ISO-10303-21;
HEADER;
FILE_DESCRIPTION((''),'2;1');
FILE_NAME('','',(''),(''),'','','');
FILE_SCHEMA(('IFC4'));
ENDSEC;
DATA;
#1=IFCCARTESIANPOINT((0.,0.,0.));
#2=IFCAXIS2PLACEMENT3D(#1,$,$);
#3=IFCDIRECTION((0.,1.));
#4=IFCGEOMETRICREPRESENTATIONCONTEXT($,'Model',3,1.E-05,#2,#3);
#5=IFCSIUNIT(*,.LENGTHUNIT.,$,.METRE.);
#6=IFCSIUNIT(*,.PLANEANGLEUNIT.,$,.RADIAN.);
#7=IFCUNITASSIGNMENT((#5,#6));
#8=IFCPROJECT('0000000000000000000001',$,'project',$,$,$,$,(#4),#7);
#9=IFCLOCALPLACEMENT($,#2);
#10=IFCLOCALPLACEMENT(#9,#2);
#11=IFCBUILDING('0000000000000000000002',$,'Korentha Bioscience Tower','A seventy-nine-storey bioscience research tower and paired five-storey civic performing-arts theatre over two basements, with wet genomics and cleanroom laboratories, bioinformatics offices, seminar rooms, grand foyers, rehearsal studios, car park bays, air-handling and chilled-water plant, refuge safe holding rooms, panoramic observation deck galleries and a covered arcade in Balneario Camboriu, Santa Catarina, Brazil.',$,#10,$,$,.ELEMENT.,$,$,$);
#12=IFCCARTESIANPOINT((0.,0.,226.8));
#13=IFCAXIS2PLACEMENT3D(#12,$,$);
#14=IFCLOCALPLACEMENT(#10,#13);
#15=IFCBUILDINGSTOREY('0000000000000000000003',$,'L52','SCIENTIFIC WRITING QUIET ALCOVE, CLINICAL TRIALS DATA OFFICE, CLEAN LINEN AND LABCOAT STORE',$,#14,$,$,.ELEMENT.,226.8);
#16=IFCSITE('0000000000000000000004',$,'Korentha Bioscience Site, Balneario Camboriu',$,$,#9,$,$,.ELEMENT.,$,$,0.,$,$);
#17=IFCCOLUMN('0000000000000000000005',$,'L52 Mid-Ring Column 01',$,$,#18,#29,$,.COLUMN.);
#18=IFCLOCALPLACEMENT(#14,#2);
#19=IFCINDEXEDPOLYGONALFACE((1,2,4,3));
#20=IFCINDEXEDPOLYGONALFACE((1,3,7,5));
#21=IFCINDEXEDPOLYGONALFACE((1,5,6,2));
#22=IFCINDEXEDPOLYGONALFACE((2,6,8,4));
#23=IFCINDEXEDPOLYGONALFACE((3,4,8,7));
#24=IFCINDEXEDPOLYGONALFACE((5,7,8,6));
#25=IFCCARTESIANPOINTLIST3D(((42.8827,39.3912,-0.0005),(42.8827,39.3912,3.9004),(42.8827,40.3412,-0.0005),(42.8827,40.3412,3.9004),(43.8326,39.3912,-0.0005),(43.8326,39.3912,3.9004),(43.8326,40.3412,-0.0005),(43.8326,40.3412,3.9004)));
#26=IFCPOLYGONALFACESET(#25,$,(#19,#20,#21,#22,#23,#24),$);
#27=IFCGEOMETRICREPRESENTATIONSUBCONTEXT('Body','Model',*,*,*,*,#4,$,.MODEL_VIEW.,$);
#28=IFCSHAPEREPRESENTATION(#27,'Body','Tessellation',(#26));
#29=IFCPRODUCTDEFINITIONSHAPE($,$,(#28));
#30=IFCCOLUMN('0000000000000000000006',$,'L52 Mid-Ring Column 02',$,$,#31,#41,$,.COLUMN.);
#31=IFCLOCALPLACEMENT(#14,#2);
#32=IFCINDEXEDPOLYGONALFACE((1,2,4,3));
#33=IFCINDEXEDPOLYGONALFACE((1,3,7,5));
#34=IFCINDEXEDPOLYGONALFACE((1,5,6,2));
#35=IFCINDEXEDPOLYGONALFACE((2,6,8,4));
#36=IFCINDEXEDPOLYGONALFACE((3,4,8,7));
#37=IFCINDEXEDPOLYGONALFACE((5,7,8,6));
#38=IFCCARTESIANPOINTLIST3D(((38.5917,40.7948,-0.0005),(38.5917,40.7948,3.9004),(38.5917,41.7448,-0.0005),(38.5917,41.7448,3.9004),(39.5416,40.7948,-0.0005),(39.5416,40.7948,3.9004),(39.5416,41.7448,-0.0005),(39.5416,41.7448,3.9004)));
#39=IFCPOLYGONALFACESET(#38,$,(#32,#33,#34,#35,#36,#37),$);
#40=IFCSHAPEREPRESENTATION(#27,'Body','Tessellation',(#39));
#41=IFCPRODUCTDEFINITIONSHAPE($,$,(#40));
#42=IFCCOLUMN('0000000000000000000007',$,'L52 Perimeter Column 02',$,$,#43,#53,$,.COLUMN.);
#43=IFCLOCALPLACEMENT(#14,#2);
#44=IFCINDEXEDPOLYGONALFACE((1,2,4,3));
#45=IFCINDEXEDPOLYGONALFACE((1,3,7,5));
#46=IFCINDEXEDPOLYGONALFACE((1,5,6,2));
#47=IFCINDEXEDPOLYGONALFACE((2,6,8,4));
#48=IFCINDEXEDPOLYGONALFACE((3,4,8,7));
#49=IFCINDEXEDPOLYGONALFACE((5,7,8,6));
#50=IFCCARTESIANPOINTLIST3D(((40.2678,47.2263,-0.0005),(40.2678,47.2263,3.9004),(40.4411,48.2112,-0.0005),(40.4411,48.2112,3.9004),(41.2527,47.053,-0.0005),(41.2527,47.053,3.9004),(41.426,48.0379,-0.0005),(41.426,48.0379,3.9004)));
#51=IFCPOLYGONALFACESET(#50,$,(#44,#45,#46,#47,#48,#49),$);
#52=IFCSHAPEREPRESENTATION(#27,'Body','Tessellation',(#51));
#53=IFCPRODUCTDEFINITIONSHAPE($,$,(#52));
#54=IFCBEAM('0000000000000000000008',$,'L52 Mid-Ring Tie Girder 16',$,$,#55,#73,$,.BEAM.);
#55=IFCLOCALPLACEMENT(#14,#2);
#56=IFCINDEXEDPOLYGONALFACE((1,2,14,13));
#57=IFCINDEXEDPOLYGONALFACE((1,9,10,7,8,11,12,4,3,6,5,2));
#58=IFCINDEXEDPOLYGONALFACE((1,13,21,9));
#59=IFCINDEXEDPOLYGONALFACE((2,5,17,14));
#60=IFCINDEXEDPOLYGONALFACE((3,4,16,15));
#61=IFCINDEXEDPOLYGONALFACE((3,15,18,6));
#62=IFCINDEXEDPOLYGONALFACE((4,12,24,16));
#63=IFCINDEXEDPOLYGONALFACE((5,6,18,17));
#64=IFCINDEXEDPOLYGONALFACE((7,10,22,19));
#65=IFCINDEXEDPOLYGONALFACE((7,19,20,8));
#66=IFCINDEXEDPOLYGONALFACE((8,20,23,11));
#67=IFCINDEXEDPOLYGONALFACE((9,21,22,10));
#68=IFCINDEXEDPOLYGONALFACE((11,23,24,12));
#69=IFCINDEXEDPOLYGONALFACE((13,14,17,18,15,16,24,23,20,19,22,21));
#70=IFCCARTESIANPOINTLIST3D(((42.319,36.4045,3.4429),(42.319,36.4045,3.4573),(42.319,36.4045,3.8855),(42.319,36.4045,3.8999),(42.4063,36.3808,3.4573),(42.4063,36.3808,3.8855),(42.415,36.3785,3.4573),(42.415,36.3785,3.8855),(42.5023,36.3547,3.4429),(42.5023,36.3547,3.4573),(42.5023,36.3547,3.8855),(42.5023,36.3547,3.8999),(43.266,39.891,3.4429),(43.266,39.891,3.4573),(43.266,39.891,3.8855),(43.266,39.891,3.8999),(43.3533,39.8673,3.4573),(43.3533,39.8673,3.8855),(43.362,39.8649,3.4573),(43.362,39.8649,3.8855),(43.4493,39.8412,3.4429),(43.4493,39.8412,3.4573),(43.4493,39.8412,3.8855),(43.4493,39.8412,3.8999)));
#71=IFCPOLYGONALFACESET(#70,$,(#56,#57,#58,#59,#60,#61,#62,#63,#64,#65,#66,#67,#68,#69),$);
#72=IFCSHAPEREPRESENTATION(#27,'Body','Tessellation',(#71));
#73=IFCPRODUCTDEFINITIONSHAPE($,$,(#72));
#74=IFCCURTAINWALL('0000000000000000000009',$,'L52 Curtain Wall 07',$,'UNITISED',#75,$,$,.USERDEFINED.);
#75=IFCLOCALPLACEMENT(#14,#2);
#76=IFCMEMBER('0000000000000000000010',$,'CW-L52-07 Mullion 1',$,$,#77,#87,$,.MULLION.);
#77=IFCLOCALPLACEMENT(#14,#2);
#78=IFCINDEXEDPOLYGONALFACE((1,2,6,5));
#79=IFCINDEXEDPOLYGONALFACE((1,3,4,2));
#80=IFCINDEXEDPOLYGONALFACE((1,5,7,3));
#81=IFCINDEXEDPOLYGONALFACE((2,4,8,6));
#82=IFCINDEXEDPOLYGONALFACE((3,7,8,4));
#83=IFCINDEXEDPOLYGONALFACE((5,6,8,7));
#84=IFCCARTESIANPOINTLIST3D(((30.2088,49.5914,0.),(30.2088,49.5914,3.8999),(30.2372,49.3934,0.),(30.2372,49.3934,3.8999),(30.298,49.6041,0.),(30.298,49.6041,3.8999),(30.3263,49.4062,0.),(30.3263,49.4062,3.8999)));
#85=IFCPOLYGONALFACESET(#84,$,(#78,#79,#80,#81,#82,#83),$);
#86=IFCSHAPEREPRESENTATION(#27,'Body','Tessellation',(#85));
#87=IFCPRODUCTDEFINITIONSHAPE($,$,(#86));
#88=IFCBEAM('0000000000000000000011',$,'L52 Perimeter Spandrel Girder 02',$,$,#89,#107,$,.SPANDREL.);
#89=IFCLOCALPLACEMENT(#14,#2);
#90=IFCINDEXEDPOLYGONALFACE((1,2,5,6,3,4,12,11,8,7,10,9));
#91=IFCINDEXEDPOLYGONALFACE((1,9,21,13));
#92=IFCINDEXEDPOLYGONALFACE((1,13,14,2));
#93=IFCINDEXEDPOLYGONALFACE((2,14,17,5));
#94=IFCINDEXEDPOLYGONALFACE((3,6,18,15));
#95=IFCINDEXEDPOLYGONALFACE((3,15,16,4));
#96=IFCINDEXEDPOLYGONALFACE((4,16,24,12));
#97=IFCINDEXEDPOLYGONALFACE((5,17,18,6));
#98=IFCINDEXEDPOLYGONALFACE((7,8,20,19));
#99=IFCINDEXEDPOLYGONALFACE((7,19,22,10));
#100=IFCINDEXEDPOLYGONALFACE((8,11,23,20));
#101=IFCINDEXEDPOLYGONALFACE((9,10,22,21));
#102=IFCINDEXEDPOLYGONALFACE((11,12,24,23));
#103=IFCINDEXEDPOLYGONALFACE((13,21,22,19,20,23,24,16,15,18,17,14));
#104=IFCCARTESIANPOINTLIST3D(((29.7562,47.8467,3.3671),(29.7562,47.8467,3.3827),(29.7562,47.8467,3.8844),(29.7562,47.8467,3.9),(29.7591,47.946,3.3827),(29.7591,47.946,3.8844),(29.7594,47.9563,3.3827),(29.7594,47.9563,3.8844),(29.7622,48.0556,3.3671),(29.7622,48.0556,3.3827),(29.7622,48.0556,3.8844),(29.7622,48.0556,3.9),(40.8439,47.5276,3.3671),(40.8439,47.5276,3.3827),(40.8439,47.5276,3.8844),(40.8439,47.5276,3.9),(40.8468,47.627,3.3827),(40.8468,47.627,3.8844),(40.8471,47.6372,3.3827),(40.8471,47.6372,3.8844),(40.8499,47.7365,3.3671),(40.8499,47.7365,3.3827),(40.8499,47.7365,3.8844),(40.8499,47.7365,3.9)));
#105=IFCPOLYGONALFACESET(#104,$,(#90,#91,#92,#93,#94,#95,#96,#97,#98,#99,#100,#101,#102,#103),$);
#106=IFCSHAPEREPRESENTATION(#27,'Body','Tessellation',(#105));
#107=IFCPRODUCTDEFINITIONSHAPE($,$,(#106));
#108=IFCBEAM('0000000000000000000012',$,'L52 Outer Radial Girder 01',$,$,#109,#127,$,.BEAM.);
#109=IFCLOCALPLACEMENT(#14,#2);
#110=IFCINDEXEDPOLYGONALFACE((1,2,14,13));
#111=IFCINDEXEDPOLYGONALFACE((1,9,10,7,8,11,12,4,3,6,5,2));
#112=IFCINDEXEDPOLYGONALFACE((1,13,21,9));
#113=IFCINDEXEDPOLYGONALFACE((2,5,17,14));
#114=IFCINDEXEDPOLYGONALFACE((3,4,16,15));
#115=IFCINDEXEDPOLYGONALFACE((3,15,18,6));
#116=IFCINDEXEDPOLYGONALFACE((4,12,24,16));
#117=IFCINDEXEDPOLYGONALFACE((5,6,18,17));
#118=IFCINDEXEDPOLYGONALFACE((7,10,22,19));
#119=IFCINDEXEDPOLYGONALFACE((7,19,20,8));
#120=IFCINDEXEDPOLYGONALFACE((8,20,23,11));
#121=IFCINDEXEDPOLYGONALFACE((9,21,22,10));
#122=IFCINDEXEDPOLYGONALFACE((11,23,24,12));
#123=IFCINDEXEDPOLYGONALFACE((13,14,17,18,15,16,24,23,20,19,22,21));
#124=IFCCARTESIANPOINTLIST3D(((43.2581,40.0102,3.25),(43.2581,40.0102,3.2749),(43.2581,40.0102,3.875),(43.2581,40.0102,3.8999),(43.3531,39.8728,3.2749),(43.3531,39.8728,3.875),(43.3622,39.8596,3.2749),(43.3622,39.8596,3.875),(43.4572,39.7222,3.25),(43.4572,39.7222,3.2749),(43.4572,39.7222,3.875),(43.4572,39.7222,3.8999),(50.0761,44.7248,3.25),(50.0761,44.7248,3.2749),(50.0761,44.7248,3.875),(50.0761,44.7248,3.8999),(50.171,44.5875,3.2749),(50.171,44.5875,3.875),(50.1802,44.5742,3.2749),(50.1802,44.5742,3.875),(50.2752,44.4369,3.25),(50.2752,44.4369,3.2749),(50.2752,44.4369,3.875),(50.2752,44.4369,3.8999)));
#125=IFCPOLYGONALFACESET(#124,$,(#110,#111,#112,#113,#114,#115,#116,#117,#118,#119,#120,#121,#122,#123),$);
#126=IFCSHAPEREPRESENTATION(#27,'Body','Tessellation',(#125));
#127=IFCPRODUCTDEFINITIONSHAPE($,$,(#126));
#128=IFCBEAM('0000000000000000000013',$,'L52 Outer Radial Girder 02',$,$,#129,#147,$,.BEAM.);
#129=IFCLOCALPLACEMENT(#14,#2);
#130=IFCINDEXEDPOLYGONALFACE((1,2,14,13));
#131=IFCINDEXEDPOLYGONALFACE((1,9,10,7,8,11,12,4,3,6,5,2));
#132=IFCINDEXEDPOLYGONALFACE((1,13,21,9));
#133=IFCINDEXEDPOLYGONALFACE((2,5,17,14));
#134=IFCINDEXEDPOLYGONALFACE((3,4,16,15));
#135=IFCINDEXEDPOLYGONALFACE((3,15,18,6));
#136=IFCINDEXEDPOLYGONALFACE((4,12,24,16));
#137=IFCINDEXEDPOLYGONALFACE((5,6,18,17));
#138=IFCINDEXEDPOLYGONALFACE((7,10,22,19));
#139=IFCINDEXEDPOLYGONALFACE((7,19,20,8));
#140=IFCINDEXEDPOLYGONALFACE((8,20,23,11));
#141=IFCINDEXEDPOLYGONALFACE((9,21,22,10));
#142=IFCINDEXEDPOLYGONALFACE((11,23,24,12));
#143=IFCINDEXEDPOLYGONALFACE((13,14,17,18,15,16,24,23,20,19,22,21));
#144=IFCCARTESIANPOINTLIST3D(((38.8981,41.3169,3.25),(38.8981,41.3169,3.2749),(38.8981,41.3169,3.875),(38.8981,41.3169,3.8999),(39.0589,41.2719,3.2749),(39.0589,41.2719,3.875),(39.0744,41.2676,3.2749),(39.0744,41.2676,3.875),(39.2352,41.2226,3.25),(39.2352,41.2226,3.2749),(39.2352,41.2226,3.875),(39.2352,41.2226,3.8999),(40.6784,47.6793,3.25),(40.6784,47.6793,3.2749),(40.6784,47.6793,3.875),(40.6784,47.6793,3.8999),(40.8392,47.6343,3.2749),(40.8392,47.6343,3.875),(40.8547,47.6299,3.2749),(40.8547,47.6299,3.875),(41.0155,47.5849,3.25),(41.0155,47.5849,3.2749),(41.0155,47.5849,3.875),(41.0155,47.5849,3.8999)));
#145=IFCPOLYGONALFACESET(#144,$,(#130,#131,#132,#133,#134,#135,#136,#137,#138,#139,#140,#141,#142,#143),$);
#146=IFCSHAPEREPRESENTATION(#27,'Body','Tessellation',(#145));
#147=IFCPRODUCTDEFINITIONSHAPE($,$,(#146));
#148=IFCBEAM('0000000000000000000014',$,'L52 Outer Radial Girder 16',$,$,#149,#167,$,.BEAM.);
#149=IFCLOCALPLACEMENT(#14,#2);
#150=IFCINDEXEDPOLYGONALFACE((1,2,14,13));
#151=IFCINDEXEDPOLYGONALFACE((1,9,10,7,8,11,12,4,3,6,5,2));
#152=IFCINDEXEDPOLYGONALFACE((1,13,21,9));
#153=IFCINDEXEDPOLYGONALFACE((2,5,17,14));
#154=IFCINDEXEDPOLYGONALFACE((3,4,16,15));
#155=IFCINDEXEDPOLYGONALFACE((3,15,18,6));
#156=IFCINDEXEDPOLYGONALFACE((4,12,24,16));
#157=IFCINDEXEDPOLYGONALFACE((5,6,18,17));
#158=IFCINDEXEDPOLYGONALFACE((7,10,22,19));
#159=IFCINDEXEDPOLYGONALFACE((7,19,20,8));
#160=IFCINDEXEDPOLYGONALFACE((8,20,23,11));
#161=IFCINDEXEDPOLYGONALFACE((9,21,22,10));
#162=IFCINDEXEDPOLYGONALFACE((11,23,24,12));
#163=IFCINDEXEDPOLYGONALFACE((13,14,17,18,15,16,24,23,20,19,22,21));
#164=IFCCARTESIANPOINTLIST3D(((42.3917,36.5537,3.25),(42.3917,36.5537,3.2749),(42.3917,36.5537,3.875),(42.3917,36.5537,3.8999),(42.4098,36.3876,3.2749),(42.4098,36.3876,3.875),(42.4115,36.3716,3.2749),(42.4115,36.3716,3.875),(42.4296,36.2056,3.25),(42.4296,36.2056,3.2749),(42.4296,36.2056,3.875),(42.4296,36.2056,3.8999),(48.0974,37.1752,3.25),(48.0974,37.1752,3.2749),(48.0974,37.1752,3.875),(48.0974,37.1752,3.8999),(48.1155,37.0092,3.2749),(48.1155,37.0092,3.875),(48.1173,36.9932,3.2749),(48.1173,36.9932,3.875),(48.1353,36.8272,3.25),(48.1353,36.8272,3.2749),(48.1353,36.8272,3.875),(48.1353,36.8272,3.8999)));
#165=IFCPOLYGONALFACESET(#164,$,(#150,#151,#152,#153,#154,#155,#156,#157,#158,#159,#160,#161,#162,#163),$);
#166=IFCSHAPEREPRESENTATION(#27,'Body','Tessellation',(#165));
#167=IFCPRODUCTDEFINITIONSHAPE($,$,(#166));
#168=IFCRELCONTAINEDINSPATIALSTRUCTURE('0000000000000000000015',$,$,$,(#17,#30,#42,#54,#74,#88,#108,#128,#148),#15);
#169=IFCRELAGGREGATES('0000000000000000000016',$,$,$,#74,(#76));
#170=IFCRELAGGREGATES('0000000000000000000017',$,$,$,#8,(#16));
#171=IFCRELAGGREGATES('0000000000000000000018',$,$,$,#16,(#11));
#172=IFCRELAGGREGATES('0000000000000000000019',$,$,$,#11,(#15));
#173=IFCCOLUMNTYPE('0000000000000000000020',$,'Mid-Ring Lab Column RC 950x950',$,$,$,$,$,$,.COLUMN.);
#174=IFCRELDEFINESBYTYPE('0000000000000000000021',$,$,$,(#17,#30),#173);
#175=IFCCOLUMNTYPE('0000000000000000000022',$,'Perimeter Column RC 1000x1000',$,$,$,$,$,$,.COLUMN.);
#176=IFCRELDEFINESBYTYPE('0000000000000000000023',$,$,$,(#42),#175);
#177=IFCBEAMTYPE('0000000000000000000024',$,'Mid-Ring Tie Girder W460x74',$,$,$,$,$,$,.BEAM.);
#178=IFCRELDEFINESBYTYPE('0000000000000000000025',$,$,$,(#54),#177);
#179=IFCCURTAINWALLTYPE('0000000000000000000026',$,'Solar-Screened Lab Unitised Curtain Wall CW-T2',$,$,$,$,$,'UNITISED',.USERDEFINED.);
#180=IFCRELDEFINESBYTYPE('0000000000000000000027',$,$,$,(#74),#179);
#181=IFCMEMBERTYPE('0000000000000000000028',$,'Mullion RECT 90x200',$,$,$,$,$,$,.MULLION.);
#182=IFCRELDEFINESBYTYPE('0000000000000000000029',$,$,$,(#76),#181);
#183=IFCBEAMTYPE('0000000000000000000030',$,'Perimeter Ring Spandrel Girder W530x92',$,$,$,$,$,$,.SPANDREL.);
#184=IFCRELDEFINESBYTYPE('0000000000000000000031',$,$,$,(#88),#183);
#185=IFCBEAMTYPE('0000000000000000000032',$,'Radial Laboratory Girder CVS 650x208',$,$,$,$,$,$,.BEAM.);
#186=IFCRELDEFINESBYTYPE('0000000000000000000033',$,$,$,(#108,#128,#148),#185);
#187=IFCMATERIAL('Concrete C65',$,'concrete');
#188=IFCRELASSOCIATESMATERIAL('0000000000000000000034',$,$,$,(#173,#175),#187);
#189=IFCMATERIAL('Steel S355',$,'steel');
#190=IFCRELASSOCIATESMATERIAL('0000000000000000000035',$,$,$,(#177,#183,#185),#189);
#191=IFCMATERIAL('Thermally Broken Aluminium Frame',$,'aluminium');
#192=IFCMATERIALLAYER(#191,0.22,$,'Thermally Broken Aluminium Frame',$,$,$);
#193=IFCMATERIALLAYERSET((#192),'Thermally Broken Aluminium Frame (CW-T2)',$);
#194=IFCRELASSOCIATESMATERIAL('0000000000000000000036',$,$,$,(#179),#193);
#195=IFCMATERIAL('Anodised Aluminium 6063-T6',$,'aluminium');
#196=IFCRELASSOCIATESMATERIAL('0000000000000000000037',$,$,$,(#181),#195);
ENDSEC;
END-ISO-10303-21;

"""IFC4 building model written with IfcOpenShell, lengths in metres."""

from ifc_helpers import new_model, si_unit, direction, frame, origin, origin_2d, place, context, subcontext, project, spatial, rectangle, i_section, extrude, material, layer, layer_set, material_profile, profile_set, type_object, element, aggregate, save


model = new_model("IFC4")

# Units and contexts
model_context = context("Model", 3, precision=1e-05, world=origin(), true_north=direction((0.0, 1.0)))
body_context = subcontext(model_context, "Body", "Model", "MODEL_VIEW")
ifc_project = project(units=[si_unit("LENGTHUNIT", "METRE"), si_unit("PLANEANGLEUNIT", "RADIAN")], contexts=[model_context])

# Site, building, storey
site_placement = place(None, origin())
site = spatial("IfcSite", under=ifc_project, at=site_placement, Name="Korentha Bioscience Site, Balneario Camboriu", CompositionType="ELEMENT", RefElevation=0.0)
building_placement = place(site_placement, origin())
building = spatial("IfcBuilding", under=site, at=building_placement, Name="Korentha Bioscience Tower", Description="A seventy-nine-storey bioscience research tower and paired five-storey civic performing-arts theatre over two basements, with wet genomics and cleanroom laboratories, bioinformatics offices, seminar rooms, grand foyers, rehearsal studios, car park bays, air-handling and chilled-water plant, refuge safe holding rooms, panoramic observation deck galleries and a covered arcade in Balneario Camboriu, Santa Catarina, Brazil.", CompositionType="ELEMENT")
storey_placement = place(building_placement, frame((0.0, 0.0, 226.8)))
storey = spatial("IfcBuildingStorey", under=building, at=storey_placement, Name="L52", Description="SCIENTIFIC WRITING QUIET ALCOVE, CLINICAL TRIALS DATA OFFICE, CLEAN LINEN AND LABCOAT STORE", CompositionType="ELEMENT", Elevation=226.8)

# Columns
ifc_material_1 = material(Name="Concrete C65", Category="concrete")
ifc_material_profile_1 = material_profile(ifc_material_1, rectangle(XDim=0.95, YDim=0.95, at=origin_2d()), Name="Concrete C65")
ifc_profile_set_1 = profile_set([ifc_material_profile_1], Name="Concrete C65 (COL-MR09)")
column_type_1 = type_object("IfcColumnType", Name="Mid-Ring Lab Column RC 950x950", PredefinedType="COLUMN", material=ifc_profile_set_1)
for number, where, z_axis, x_axis, name in (
    (1, (43.3577, 39.8662, -0.0005), (0.0, 0.0, 1.0), (1.0, 0.0, 0.0), "L52 Mid-Ring Column 01"),
    (2, (39.0667, 41.2698, -0.0005), (0.0, 0.0, 1.0), (1.0, 0.0, 0.0), "L52 Mid-Ring Column 02"),
):
    element("IfcColumn", number, at=place(storey_placement, frame(where, z_axis=z_axis, x_axis=x_axis)), inside=storey, type_object=column_type_1, Name=name, PredefinedType="COLUMN", context=body_context, shape_type="SweptSolid", body=[
        extrude(rectangle(XDim=0.95, YDim=0.95, at=origin_2d()), origin(), (0.0, 0.0, 1.0), 3.9009),
    ])
ifc_material_profile_2 = material_profile(ifc_material_1, rectangle(XDim=1.0, YDim=1.0, at=origin_2d()), Name="Concrete C65")
ifc_profile_set_2 = profile_set([ifc_material_profile_2], Name="Concrete C65 (COL-P10)")
column_type_2 = type_object("IfcColumnType", Name="Perimeter Column RC 1000x1000", PredefinedType="COLUMN", material=ifc_profile_set_2)
column_placement = place(storey_placement, frame((40.8469, 47.6321, -0.0005), z_axis=(0.0, 0.0, 1.0), x_axis=(-0.984868, 0.173304, 0.0)))
element("IfcColumn", 3, at=column_placement, inside=storey, type_object=column_type_2, Name="L52 Perimeter Column 02", PredefinedType="COLUMN", context=body_context, shape_type="SweptSolid", body=[
    extrude(rectangle(XDim=1.0, YDim=1.0, at=origin_2d()), origin(), (0.0, 0.0, 1.0), 3.9009),
])

# Beam
ifc_material_2 = material(Name="Steel S355", Category="steel")
ifc_material_profile_3 = material_profile(ifc_material_2, i_section(OverallWidth=0.1899, OverallDepth=0.457, WebThickness=0.009, FlangeThickness=0.0144, at=origin_2d()), Name="Steel S355")
ifc_profile_set_3 = profile_set([ifc_material_profile_3], Name="Steel S355 (MB-460)")
beam_type_1 = type_object("IfcBeamType", Name="Mid-Ring Tie Girder W460x74", PredefinedType="BEAM", material=ifc_profile_set_3)
beam_1_placement = place(storey_placement, frame((42.4106, 36.3796, 3.6714), z_axis=(0.262122, 0.965035, 0.0), x_axis=(-0.965035, 0.262122, 0.0)))
element("IfcBeam", 4, at=beam_1_placement, inside=storey, type_object=beam_type_1, Name="L52 Mid-Ring Tie Girder 16", PredefinedType="BEAM", context=body_context, shape_type="SweptSolid", body=[
    extrude(i_section(OverallWidth=0.1899, OverallDepth=0.457, WebThickness=0.009, FlangeThickness=0.0144, at=origin_2d()), origin(), (0.0, 0.0, 1.0), 3.6128),
])

# Curtain wall, member
ifc_material_3 = material(Name="Thermally Broken Aluminium Frame", Category="aluminium")
ifc_layer_1 = layer(ifc_material_3, 0.22, Name="Thermally Broken Aluminium Frame")
ifc_layer_set_1 = layer_set([ifc_layer_1], Name="Thermally Broken Aluminium Frame (CW-T2)")
curtain_wall_type = type_object("IfcCurtainWallType", Name="Solar-Screened Lab Unitised Curtain Wall CW-T2", ElementType="UNITISED", PredefinedType="USERDEFINED", material=ifc_layer_set_1)
curtain_wall_placement = place(storey_placement, origin())
curtain_wall = element("IfcCurtainWall", 5, at=curtain_wall_placement, inside=storey, type_object=curtain_wall_type, Name="L52 Curtain Wall 07", ObjectType="UNITISED", PredefinedType="USERDEFINED")
ifc_material_4 = material(Name="Anodised Aluminium 6063-T6", Category="aluminium")
ifc_material_profile_4 = material_profile(ifc_material_4, rectangle(XDim=0.0901, YDim=0.2, at=origin_2d()), Name="Anodised Aluminium 6063-T6")
ifc_profile_set_4 = profile_set([ifc_material_profile_4], Name="Anodised Aluminium 6063-T6 (CW-MUL)")
member_type_1 = type_object("IfcMemberType", Name="Mullion RECT 90x200", PredefinedType="MULLION", material=ifc_profile_set_4)
member_1_placement = place(storey_placement, frame((30.2676, 49.4988, 0.0), z_axis=(0.0, 0.0, 1.0), x_axis=(-0.989902, -0.141754, 0.0)))
member_1 = element("IfcMember", 6, at=member_1_placement, type_object=member_type_1, Name="CW-L52-07 Mullion 1", PredefinedType="MULLION", context=body_context, shape_type="SweptSolid", body=[
    extrude(rectangle(XDim=0.0901, YDim=0.2, at=origin_2d()), origin(), (0.0, 0.0, 1.0), 3.8999),
])

# Beams
ifc_material_profile_5 = material_profile(ifc_material_2, i_section(OverallWidth=0.209, OverallDepth=0.533, WebThickness=0.0103, FlangeThickness=0.0156, at=origin_2d()), Name="Steel S355")
ifc_profile_set_5 = profile_set([ifc_material_profile_5], Name="Steel S355 (SB-530)")
beam_type_2 = type_object("IfcBeamType", Name="Perimeter Ring Spandrel Girder W530x92", PredefinedType="SPANDREL", material=ifc_profile_set_5)
beam_2_placement = place(storey_placement, frame((40.8469, 47.6321, 3.6335), z_axis=(-0.999586, 0.028767, 0.0), x_axis=(-0.028767, -0.999586, 0.0)))
element("IfcBeam", 7, at=beam_2_placement, inside=storey, type_object=beam_type_2, Name="L52 Perimeter Spandrel Girder 02", PredefinedType="SPANDREL", context=body_context, shape_type="SweptSolid", body=[
    extrude(i_section(OverallWidth=0.209, OverallDepth=0.533, WebThickness=0.0103, FlangeThickness=0.0156, at=origin_2d()), origin(), (0.0, 0.0, 1.0), 11.0923),
])
ifc_material_profile_6 = material_profile(ifc_material_2, i_section(OverallWidth=0.3501, OverallDepth=0.6499, WebThickness=0.0161, FlangeThickness=0.0249, at=origin_2d()), Name="Steel S355")
ifc_profile_set_6 = profile_set([ifc_material_profile_6], Name="Steel S355 (RB-650)")
beam_type_3 = type_object("IfcBeamType", Name="Radial Laboratory Girder CVS 650x208", PredefinedType="BEAM", material=ifc_profile_set_6)
beam_3_placement = place(storey_placement, frame((43.3577, 39.8662, 3.575), z_axis=(0.822501, 0.568764, 0.0), x_axis=(-0.568764, 0.822501, 0.0)))
element("IfcBeam", 8, at=beam_3_placement, inside=storey, type_object=beam_type_3, Name="L52 Outer Radial Girder 01", PredefinedType="BEAM", context=body_context, shape_type="SweptSolid", body=[
    extrude(i_section(OverallWidth=0.3501, OverallDepth=0.6499, WebThickness=0.0161, FlangeThickness=0.0249, at=origin_2d()), origin(), (0.0, 0.0, 1.0), 8.2893),
])
beam_4_placement = place(storey_placement, frame((39.0667, 41.2698, 3.575), z_axis=(0.269465, 0.96301, 0.0), x_axis=(-0.96301, 0.269465, 0.0)))
element("IfcBeam", 9, at=beam_4_placement, inside=storey, type_object=beam_type_3, Name="L52 Outer Radial Girder 02", PredefinedType="BEAM", context=body_context, shape_type="SweptSolid", body=[
    extrude(i_section(OverallWidth=0.3501, OverallDepth=0.6499, WebThickness=0.0161, FlangeThickness=0.0249, at=origin_2d()), origin(), (0.0, 0.0, 1.0), 6.6067),
])
beam_5_placement = place(storey_placement, frame((42.4106, 36.3796, 3.575), z_axis=(0.994119, 0.108298, 0.0), x_axis=(-0.108298, 0.994119, 0.0)))
element("IfcBeam", 10, at=beam_5_placement, inside=storey, type_object=beam_type_3, Name="L52 Outer Radial Girder 16", PredefinedType="BEAM", context=body_context, shape_type="SweptSolid", body=[
    extrude(i_section(OverallWidth=0.3501, OverallDepth=0.6499, WebThickness=0.0161, FlangeThickness=0.0249, at=origin_2d()), origin(), (0.0, 0.0, 1.0), 5.7395),
])

aggregate(curtain_wall, [member_1])

save(model, "model.ifc")
